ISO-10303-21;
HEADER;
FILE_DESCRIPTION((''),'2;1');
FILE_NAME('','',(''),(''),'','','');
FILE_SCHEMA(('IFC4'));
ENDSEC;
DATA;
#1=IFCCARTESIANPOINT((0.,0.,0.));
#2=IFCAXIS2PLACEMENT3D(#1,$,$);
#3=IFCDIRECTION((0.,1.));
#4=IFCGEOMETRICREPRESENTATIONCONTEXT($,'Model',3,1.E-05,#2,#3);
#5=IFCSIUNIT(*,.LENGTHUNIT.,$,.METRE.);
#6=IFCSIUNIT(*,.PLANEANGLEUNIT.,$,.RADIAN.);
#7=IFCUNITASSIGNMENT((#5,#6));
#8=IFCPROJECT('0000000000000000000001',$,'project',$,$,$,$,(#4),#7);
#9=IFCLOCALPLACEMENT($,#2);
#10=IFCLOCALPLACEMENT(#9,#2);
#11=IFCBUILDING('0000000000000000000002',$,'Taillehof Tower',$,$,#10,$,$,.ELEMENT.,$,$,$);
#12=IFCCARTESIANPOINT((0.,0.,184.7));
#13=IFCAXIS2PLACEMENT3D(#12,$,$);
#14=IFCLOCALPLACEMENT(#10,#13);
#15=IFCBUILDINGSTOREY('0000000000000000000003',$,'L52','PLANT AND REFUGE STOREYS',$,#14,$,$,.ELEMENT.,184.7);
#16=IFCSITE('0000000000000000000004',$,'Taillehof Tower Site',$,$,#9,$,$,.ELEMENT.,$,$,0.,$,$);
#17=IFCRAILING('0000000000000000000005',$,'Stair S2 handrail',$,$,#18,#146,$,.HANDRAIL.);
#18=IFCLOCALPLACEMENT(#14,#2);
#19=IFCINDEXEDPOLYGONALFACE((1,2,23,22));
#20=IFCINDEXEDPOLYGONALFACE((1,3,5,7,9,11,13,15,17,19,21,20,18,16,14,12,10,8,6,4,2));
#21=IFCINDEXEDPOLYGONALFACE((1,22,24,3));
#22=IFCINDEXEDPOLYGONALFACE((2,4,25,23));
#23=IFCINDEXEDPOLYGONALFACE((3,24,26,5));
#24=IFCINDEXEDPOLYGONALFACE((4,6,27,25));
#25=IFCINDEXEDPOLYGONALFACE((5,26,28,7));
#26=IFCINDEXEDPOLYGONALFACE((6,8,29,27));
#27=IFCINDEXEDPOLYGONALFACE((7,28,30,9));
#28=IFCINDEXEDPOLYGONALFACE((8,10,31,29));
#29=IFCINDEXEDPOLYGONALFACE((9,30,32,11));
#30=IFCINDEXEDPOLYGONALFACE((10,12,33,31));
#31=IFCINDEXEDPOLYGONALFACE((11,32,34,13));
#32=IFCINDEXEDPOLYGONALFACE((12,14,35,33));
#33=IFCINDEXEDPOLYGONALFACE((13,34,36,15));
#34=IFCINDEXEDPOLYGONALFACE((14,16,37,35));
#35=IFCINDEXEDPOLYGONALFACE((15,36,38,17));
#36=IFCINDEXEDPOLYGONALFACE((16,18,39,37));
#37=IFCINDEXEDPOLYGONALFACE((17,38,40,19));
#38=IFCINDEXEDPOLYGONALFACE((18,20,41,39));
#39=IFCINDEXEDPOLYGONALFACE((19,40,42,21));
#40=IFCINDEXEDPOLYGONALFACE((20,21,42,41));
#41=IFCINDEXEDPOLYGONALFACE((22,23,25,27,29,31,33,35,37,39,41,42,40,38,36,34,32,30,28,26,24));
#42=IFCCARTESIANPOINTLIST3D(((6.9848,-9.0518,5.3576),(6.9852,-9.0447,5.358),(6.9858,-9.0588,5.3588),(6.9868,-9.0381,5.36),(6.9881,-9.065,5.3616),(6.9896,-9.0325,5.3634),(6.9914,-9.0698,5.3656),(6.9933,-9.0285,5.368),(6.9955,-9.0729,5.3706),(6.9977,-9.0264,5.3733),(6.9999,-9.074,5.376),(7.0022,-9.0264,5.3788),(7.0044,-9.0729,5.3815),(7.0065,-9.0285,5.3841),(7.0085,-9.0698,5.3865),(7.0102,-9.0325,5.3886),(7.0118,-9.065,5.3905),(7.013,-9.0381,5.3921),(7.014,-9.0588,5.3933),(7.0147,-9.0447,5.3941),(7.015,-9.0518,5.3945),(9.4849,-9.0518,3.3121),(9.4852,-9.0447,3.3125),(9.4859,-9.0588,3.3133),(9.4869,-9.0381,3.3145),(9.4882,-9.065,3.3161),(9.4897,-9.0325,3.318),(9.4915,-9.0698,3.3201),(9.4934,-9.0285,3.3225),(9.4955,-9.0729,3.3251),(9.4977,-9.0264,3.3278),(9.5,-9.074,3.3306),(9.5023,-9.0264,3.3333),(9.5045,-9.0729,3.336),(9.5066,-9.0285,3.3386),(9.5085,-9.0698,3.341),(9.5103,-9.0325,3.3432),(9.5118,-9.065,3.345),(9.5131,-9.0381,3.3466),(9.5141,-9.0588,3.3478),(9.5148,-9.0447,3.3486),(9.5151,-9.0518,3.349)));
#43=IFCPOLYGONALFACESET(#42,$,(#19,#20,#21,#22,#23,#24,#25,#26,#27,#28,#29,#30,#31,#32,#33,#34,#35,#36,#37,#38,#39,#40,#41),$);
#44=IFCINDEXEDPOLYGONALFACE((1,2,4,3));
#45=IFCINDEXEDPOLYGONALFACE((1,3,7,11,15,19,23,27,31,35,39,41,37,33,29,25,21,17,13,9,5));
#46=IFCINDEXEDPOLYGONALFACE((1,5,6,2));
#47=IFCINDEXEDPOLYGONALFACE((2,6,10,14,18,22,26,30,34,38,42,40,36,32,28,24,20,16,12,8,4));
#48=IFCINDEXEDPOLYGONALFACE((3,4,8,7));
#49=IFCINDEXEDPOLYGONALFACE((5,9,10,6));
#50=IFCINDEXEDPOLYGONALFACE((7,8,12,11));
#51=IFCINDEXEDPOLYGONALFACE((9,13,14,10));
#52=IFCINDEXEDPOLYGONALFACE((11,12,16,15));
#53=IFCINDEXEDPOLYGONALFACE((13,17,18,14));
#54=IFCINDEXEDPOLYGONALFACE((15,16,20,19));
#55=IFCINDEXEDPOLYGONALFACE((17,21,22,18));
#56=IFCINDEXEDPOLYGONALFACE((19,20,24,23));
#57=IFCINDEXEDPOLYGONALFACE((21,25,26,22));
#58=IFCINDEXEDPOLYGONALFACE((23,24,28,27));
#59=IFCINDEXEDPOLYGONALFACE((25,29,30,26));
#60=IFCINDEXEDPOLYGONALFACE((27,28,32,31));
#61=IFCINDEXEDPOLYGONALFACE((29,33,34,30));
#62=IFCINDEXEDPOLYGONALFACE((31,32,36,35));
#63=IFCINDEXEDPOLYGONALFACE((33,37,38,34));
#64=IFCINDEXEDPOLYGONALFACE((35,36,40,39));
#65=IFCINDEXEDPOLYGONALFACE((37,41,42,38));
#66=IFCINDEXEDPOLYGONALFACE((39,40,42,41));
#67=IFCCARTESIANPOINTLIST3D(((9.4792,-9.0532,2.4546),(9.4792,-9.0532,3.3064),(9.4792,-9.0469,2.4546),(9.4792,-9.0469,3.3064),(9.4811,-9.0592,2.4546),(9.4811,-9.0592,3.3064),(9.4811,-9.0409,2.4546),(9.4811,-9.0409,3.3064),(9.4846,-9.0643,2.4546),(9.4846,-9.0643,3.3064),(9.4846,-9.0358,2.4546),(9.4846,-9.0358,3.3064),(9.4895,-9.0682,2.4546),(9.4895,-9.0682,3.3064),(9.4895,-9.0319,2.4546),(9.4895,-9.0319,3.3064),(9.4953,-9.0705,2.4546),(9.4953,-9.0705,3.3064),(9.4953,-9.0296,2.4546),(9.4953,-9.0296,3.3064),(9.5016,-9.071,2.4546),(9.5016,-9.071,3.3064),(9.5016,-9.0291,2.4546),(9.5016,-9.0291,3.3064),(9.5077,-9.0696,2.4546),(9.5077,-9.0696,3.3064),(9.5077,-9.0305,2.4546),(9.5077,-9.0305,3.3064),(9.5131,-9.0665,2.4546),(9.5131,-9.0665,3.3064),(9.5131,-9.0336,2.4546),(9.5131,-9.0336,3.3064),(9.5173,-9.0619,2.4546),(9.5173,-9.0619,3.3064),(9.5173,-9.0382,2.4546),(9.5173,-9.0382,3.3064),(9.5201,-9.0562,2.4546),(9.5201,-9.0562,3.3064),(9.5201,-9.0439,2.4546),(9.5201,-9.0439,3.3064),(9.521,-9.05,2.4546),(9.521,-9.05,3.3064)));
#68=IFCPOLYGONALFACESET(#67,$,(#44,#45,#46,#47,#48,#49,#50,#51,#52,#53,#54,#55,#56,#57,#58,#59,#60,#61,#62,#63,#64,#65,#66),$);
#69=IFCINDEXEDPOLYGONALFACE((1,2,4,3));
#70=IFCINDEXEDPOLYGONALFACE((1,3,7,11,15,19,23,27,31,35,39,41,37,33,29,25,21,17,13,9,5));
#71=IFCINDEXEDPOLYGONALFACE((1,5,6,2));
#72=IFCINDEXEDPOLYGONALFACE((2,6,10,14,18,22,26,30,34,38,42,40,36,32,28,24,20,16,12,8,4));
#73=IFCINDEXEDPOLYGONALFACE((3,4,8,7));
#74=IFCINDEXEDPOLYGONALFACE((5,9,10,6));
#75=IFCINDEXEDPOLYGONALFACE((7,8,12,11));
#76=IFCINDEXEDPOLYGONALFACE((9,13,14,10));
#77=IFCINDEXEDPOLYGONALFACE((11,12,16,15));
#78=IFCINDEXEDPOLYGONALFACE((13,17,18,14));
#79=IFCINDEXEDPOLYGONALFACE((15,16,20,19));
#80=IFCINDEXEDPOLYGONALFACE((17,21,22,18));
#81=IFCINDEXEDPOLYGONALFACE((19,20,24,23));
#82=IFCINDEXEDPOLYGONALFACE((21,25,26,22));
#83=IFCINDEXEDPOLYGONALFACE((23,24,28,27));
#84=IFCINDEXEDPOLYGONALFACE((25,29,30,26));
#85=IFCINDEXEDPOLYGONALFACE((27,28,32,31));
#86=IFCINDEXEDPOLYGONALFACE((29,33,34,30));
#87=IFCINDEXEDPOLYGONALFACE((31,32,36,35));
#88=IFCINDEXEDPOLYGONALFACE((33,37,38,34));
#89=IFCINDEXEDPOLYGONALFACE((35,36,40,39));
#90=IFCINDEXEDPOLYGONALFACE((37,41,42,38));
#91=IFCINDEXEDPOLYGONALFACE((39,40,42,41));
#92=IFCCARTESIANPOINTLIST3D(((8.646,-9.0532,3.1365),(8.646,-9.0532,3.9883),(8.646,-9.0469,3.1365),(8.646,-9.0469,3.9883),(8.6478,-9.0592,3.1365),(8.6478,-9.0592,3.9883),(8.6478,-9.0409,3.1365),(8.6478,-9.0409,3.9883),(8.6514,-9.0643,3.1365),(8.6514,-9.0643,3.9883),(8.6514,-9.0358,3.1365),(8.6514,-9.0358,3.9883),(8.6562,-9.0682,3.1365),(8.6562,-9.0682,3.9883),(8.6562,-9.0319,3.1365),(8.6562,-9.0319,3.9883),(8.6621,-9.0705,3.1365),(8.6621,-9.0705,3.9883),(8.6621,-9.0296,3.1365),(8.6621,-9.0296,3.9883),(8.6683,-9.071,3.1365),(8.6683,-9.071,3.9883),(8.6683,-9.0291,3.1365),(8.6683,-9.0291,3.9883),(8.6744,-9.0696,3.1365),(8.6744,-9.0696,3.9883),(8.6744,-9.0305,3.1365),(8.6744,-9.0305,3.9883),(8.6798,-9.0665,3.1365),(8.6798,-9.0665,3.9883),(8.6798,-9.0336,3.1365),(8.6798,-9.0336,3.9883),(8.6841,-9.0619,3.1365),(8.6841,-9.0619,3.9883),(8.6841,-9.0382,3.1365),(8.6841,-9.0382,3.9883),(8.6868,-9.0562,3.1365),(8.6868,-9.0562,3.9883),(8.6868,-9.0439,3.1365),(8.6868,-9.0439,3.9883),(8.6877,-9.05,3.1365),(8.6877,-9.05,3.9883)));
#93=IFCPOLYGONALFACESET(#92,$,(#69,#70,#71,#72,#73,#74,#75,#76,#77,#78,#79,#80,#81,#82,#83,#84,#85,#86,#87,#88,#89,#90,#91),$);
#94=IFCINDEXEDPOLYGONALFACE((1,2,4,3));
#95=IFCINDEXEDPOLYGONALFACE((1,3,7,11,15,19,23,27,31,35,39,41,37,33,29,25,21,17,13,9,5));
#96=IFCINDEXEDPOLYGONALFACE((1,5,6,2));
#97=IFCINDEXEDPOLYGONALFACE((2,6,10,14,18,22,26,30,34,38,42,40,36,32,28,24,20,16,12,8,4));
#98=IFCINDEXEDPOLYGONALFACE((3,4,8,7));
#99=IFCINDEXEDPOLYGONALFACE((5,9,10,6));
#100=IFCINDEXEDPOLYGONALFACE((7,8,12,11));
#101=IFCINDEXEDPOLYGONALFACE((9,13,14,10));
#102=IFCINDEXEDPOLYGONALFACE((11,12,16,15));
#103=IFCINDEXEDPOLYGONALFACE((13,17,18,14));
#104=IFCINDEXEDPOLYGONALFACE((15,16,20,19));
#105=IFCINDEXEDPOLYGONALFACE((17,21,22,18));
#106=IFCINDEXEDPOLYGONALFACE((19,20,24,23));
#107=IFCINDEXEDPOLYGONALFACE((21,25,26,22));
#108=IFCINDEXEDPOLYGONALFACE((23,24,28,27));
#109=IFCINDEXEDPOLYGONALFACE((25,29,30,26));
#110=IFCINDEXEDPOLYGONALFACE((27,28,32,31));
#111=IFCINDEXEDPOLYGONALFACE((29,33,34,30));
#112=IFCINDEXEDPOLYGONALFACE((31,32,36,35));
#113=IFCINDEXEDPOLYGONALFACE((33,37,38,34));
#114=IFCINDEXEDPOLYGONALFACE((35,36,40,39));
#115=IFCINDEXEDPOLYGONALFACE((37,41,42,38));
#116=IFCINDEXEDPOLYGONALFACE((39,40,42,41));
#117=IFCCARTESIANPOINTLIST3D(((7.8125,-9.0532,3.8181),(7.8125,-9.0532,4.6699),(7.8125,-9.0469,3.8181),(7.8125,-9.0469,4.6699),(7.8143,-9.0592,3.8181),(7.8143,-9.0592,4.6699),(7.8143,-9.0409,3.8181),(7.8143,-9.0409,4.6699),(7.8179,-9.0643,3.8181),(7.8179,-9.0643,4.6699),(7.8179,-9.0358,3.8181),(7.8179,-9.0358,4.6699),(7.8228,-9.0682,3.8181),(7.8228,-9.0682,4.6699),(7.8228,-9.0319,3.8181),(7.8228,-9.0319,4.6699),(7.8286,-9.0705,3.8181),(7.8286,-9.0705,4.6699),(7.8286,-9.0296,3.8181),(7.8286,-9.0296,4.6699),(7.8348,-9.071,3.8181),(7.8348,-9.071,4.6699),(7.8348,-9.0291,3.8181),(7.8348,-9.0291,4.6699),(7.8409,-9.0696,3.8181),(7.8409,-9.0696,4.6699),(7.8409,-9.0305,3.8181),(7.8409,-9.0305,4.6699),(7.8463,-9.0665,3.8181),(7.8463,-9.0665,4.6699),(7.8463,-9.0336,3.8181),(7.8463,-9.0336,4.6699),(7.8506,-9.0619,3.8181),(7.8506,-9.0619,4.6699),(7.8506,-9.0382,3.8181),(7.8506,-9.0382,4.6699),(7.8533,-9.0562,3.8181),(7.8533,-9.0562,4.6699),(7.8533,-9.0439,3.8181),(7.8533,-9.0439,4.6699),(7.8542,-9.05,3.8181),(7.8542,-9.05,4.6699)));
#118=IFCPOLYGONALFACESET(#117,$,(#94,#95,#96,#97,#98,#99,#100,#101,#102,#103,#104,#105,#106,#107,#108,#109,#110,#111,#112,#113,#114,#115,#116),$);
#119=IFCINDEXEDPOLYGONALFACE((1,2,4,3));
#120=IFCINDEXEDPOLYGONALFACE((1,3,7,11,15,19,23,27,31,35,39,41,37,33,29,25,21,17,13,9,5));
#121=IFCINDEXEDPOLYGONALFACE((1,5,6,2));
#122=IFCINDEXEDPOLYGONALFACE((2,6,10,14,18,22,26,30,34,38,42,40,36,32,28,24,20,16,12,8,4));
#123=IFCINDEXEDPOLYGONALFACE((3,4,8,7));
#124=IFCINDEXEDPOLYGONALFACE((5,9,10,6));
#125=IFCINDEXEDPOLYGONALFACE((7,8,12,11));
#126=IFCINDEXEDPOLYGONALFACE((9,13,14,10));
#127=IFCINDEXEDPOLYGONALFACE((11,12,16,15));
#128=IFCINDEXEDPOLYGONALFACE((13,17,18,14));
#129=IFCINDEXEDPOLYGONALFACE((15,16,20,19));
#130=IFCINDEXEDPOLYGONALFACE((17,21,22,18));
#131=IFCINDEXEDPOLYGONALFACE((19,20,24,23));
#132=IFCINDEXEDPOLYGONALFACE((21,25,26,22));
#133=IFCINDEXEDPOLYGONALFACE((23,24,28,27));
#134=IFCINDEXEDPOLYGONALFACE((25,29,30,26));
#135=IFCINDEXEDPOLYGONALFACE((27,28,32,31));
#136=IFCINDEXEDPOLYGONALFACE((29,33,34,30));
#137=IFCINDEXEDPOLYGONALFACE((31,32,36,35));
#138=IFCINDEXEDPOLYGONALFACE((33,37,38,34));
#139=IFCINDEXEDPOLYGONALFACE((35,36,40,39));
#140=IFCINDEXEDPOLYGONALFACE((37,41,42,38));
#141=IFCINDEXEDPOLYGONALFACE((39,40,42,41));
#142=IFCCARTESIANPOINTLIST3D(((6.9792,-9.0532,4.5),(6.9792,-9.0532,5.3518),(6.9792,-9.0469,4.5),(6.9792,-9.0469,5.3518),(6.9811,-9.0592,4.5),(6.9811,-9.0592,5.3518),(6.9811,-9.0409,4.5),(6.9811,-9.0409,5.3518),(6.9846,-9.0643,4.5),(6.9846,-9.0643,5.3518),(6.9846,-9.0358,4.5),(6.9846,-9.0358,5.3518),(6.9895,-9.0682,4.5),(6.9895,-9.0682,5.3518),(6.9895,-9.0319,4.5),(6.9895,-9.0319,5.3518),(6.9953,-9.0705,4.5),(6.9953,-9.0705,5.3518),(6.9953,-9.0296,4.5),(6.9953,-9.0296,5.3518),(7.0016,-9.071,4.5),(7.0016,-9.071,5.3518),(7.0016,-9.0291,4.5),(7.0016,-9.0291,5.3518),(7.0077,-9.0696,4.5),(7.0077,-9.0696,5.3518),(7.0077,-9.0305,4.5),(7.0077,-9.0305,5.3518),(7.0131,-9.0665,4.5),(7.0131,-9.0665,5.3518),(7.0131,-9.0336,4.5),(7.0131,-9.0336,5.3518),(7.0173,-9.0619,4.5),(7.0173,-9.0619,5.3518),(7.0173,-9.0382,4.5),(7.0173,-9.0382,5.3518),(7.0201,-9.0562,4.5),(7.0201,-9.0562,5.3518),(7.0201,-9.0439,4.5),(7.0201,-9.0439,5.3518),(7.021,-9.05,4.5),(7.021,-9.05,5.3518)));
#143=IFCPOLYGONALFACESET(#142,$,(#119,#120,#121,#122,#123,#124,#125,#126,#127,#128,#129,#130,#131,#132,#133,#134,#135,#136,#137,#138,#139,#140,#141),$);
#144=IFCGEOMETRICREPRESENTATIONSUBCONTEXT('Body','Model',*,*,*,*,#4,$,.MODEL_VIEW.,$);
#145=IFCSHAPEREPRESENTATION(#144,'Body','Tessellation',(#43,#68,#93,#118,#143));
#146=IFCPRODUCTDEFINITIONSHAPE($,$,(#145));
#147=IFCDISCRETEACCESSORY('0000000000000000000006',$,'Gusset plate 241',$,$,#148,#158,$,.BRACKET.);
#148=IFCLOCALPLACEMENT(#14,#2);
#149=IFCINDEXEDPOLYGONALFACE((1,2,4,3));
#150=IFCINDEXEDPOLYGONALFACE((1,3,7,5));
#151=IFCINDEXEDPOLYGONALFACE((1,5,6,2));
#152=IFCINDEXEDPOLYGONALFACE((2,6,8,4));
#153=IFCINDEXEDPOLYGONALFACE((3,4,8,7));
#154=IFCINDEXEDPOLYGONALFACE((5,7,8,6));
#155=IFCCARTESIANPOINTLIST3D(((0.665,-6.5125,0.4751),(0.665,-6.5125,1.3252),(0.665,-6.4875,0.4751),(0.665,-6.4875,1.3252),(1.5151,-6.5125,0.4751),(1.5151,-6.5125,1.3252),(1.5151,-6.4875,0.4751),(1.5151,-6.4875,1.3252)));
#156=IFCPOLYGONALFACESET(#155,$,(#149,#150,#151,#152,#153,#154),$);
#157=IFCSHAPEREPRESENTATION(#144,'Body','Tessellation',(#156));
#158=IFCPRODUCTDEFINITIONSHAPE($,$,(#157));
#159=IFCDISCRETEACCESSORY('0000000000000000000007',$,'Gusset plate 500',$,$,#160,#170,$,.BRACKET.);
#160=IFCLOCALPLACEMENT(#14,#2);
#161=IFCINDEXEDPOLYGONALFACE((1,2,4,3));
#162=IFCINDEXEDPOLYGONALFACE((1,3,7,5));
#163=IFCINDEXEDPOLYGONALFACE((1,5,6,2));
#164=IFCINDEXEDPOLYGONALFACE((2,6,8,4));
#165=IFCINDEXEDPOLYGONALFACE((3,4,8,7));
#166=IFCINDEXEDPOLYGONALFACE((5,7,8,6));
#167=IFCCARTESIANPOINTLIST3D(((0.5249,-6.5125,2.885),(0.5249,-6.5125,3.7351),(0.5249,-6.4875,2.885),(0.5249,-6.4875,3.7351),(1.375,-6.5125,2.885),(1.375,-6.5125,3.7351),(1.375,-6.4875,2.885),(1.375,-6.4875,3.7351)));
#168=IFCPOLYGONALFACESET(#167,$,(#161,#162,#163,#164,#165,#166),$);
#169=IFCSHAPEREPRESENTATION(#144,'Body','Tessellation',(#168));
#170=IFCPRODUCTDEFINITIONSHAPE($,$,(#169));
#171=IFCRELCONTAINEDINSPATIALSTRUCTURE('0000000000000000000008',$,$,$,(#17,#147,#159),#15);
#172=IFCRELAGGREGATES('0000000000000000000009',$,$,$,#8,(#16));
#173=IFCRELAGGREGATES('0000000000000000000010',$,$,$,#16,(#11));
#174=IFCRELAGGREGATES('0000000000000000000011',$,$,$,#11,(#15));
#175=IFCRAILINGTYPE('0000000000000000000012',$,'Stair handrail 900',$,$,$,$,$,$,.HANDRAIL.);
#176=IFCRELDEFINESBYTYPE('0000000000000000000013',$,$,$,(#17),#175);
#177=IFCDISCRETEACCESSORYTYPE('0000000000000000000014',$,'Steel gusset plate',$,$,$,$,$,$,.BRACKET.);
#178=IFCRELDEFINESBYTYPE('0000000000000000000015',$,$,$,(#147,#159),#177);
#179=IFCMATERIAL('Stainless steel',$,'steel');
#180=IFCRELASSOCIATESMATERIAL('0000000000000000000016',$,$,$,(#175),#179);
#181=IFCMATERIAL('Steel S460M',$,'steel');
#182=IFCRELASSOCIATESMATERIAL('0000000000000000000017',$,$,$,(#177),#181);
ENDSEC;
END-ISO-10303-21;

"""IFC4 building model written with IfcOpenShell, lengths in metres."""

from ifc_helpers import new_model, si_unit, direction, frame, origin, origin_2d, place, context, subcontext, project, spatial, rectangle, circle, extrude, material, type_object, element, save


model = new_model("IFC4")

# Units and contexts
model_context = context("Model", 3, precision=1e-05, world=origin(), true_north=direction((0.0, 1.0)))
body_context = subcontext(model_context, "Body", "Model", "MODEL_VIEW")
ifc_project = project(units=[si_unit("LENGTHUNIT", "METRE"), si_unit("PLANEANGLEUNIT", "RADIAN")], contexts=[model_context])

# Site, building, storey
site_placement = place(None, origin())
site = spatial("IfcSite", under=ifc_project, at=site_placement, Name="Taillehof Tower Site", CompositionType="ELEMENT", RefElevation=0.0)
building_placement = place(site_placement, origin())
building = spatial("IfcBuilding", under=site, at=building_placement, Name="Taillehof Tower", CompositionType="ELEMENT")
storey_placement = place(building_placement, frame((0.0, 0.0, 184.7)))
storey = spatial("IfcBuildingStorey", under=building, at=storey_placement, Name="L52", Description="PLANT AND REFUGE STOREYS", CompositionType="ELEMENT", Elevation=184.7)

# Railing
ifc_material_1 = material(Name="Stainless steel", Category="steel")
railing_type = type_object("IfcRailingType", Name="Stair handrail 900", PredefinedType="HANDRAIL", material=ifc_material_1)
railing_placement = place(storey_placement, frame((9.5, -9.05, 2.4546)))
element("IfcRailing", 1, at=railing_placement, inside=storey, type_object=railing_type, Name="Stair S2 handrail", PredefinedType="HANDRAIL", context=body_context, shape_type="SweptSolid", body=[
    extrude(circle(Radius=0.0239, at=origin_2d()), frame((0.0, 0.0, 0.876), z_axis=(-0.773964, 0.0, 0.63323), x_axis=(0.0, -1.0, 0.0)), (0.0, 0.0, 1.0), 3.2302),
    extrude(circle(Radius=0.021, at=origin_2d()), origin(), (0.0, 0.0, 1.0), 0.8518),
    extrude(circle(Radius=0.021, at=origin_2d()), frame((-0.8333, 0.0, 0.6819)), (0.0, 0.0, 1.0), 0.8518),
    extrude(circle(Radius=0.021, at=origin_2d()), frame((-1.6667, 0.0, 1.3635)), (0.0, 0.0, 1.0), 0.8518),
    extrude(circle(Radius=0.021, at=origin_2d()), frame((-2.5, 0.0, 2.0454)), (0.0, 0.0, 1.0), 0.8518),
])

# Discrete accessories
ifc_material_2 = material(Name="Steel S460M", Category="steel")
discrete_accessory_type = type_object("IfcDiscreteAccessoryType", Name="Steel gusset plate", PredefinedType="BRACKET", material=ifc_material_2)
for number, where, z_axis, x_axis, name in (
    (2, (1.0901, -6.5, 0.4751), (0.0, 0.0, 1.0), (-1.0, 0.0, 0.0), "Gusset plate 241"),
    (3, (0.95, -6.5, 2.885), (0.0, 0.0, 1.0), (-1.0, 0.0, 0.0), "Gusset plate 500"),
):
    element("IfcDiscreteAccessory", number, at=place(storey_placement, frame(where, z_axis=z_axis, x_axis=x_axis)), inside=storey, type_object=discrete_accessory_type, Name=name, PredefinedType="BRACKET", context=body_context, shape_type="SweptSolid", body=[
        extrude(rectangle(XDim=0.8501, YDim=0.0249, at=origin_2d()), origin(), (0.0, 0.0, 1.0), 0.8501),
    ])

save(model, "model.ifc")
